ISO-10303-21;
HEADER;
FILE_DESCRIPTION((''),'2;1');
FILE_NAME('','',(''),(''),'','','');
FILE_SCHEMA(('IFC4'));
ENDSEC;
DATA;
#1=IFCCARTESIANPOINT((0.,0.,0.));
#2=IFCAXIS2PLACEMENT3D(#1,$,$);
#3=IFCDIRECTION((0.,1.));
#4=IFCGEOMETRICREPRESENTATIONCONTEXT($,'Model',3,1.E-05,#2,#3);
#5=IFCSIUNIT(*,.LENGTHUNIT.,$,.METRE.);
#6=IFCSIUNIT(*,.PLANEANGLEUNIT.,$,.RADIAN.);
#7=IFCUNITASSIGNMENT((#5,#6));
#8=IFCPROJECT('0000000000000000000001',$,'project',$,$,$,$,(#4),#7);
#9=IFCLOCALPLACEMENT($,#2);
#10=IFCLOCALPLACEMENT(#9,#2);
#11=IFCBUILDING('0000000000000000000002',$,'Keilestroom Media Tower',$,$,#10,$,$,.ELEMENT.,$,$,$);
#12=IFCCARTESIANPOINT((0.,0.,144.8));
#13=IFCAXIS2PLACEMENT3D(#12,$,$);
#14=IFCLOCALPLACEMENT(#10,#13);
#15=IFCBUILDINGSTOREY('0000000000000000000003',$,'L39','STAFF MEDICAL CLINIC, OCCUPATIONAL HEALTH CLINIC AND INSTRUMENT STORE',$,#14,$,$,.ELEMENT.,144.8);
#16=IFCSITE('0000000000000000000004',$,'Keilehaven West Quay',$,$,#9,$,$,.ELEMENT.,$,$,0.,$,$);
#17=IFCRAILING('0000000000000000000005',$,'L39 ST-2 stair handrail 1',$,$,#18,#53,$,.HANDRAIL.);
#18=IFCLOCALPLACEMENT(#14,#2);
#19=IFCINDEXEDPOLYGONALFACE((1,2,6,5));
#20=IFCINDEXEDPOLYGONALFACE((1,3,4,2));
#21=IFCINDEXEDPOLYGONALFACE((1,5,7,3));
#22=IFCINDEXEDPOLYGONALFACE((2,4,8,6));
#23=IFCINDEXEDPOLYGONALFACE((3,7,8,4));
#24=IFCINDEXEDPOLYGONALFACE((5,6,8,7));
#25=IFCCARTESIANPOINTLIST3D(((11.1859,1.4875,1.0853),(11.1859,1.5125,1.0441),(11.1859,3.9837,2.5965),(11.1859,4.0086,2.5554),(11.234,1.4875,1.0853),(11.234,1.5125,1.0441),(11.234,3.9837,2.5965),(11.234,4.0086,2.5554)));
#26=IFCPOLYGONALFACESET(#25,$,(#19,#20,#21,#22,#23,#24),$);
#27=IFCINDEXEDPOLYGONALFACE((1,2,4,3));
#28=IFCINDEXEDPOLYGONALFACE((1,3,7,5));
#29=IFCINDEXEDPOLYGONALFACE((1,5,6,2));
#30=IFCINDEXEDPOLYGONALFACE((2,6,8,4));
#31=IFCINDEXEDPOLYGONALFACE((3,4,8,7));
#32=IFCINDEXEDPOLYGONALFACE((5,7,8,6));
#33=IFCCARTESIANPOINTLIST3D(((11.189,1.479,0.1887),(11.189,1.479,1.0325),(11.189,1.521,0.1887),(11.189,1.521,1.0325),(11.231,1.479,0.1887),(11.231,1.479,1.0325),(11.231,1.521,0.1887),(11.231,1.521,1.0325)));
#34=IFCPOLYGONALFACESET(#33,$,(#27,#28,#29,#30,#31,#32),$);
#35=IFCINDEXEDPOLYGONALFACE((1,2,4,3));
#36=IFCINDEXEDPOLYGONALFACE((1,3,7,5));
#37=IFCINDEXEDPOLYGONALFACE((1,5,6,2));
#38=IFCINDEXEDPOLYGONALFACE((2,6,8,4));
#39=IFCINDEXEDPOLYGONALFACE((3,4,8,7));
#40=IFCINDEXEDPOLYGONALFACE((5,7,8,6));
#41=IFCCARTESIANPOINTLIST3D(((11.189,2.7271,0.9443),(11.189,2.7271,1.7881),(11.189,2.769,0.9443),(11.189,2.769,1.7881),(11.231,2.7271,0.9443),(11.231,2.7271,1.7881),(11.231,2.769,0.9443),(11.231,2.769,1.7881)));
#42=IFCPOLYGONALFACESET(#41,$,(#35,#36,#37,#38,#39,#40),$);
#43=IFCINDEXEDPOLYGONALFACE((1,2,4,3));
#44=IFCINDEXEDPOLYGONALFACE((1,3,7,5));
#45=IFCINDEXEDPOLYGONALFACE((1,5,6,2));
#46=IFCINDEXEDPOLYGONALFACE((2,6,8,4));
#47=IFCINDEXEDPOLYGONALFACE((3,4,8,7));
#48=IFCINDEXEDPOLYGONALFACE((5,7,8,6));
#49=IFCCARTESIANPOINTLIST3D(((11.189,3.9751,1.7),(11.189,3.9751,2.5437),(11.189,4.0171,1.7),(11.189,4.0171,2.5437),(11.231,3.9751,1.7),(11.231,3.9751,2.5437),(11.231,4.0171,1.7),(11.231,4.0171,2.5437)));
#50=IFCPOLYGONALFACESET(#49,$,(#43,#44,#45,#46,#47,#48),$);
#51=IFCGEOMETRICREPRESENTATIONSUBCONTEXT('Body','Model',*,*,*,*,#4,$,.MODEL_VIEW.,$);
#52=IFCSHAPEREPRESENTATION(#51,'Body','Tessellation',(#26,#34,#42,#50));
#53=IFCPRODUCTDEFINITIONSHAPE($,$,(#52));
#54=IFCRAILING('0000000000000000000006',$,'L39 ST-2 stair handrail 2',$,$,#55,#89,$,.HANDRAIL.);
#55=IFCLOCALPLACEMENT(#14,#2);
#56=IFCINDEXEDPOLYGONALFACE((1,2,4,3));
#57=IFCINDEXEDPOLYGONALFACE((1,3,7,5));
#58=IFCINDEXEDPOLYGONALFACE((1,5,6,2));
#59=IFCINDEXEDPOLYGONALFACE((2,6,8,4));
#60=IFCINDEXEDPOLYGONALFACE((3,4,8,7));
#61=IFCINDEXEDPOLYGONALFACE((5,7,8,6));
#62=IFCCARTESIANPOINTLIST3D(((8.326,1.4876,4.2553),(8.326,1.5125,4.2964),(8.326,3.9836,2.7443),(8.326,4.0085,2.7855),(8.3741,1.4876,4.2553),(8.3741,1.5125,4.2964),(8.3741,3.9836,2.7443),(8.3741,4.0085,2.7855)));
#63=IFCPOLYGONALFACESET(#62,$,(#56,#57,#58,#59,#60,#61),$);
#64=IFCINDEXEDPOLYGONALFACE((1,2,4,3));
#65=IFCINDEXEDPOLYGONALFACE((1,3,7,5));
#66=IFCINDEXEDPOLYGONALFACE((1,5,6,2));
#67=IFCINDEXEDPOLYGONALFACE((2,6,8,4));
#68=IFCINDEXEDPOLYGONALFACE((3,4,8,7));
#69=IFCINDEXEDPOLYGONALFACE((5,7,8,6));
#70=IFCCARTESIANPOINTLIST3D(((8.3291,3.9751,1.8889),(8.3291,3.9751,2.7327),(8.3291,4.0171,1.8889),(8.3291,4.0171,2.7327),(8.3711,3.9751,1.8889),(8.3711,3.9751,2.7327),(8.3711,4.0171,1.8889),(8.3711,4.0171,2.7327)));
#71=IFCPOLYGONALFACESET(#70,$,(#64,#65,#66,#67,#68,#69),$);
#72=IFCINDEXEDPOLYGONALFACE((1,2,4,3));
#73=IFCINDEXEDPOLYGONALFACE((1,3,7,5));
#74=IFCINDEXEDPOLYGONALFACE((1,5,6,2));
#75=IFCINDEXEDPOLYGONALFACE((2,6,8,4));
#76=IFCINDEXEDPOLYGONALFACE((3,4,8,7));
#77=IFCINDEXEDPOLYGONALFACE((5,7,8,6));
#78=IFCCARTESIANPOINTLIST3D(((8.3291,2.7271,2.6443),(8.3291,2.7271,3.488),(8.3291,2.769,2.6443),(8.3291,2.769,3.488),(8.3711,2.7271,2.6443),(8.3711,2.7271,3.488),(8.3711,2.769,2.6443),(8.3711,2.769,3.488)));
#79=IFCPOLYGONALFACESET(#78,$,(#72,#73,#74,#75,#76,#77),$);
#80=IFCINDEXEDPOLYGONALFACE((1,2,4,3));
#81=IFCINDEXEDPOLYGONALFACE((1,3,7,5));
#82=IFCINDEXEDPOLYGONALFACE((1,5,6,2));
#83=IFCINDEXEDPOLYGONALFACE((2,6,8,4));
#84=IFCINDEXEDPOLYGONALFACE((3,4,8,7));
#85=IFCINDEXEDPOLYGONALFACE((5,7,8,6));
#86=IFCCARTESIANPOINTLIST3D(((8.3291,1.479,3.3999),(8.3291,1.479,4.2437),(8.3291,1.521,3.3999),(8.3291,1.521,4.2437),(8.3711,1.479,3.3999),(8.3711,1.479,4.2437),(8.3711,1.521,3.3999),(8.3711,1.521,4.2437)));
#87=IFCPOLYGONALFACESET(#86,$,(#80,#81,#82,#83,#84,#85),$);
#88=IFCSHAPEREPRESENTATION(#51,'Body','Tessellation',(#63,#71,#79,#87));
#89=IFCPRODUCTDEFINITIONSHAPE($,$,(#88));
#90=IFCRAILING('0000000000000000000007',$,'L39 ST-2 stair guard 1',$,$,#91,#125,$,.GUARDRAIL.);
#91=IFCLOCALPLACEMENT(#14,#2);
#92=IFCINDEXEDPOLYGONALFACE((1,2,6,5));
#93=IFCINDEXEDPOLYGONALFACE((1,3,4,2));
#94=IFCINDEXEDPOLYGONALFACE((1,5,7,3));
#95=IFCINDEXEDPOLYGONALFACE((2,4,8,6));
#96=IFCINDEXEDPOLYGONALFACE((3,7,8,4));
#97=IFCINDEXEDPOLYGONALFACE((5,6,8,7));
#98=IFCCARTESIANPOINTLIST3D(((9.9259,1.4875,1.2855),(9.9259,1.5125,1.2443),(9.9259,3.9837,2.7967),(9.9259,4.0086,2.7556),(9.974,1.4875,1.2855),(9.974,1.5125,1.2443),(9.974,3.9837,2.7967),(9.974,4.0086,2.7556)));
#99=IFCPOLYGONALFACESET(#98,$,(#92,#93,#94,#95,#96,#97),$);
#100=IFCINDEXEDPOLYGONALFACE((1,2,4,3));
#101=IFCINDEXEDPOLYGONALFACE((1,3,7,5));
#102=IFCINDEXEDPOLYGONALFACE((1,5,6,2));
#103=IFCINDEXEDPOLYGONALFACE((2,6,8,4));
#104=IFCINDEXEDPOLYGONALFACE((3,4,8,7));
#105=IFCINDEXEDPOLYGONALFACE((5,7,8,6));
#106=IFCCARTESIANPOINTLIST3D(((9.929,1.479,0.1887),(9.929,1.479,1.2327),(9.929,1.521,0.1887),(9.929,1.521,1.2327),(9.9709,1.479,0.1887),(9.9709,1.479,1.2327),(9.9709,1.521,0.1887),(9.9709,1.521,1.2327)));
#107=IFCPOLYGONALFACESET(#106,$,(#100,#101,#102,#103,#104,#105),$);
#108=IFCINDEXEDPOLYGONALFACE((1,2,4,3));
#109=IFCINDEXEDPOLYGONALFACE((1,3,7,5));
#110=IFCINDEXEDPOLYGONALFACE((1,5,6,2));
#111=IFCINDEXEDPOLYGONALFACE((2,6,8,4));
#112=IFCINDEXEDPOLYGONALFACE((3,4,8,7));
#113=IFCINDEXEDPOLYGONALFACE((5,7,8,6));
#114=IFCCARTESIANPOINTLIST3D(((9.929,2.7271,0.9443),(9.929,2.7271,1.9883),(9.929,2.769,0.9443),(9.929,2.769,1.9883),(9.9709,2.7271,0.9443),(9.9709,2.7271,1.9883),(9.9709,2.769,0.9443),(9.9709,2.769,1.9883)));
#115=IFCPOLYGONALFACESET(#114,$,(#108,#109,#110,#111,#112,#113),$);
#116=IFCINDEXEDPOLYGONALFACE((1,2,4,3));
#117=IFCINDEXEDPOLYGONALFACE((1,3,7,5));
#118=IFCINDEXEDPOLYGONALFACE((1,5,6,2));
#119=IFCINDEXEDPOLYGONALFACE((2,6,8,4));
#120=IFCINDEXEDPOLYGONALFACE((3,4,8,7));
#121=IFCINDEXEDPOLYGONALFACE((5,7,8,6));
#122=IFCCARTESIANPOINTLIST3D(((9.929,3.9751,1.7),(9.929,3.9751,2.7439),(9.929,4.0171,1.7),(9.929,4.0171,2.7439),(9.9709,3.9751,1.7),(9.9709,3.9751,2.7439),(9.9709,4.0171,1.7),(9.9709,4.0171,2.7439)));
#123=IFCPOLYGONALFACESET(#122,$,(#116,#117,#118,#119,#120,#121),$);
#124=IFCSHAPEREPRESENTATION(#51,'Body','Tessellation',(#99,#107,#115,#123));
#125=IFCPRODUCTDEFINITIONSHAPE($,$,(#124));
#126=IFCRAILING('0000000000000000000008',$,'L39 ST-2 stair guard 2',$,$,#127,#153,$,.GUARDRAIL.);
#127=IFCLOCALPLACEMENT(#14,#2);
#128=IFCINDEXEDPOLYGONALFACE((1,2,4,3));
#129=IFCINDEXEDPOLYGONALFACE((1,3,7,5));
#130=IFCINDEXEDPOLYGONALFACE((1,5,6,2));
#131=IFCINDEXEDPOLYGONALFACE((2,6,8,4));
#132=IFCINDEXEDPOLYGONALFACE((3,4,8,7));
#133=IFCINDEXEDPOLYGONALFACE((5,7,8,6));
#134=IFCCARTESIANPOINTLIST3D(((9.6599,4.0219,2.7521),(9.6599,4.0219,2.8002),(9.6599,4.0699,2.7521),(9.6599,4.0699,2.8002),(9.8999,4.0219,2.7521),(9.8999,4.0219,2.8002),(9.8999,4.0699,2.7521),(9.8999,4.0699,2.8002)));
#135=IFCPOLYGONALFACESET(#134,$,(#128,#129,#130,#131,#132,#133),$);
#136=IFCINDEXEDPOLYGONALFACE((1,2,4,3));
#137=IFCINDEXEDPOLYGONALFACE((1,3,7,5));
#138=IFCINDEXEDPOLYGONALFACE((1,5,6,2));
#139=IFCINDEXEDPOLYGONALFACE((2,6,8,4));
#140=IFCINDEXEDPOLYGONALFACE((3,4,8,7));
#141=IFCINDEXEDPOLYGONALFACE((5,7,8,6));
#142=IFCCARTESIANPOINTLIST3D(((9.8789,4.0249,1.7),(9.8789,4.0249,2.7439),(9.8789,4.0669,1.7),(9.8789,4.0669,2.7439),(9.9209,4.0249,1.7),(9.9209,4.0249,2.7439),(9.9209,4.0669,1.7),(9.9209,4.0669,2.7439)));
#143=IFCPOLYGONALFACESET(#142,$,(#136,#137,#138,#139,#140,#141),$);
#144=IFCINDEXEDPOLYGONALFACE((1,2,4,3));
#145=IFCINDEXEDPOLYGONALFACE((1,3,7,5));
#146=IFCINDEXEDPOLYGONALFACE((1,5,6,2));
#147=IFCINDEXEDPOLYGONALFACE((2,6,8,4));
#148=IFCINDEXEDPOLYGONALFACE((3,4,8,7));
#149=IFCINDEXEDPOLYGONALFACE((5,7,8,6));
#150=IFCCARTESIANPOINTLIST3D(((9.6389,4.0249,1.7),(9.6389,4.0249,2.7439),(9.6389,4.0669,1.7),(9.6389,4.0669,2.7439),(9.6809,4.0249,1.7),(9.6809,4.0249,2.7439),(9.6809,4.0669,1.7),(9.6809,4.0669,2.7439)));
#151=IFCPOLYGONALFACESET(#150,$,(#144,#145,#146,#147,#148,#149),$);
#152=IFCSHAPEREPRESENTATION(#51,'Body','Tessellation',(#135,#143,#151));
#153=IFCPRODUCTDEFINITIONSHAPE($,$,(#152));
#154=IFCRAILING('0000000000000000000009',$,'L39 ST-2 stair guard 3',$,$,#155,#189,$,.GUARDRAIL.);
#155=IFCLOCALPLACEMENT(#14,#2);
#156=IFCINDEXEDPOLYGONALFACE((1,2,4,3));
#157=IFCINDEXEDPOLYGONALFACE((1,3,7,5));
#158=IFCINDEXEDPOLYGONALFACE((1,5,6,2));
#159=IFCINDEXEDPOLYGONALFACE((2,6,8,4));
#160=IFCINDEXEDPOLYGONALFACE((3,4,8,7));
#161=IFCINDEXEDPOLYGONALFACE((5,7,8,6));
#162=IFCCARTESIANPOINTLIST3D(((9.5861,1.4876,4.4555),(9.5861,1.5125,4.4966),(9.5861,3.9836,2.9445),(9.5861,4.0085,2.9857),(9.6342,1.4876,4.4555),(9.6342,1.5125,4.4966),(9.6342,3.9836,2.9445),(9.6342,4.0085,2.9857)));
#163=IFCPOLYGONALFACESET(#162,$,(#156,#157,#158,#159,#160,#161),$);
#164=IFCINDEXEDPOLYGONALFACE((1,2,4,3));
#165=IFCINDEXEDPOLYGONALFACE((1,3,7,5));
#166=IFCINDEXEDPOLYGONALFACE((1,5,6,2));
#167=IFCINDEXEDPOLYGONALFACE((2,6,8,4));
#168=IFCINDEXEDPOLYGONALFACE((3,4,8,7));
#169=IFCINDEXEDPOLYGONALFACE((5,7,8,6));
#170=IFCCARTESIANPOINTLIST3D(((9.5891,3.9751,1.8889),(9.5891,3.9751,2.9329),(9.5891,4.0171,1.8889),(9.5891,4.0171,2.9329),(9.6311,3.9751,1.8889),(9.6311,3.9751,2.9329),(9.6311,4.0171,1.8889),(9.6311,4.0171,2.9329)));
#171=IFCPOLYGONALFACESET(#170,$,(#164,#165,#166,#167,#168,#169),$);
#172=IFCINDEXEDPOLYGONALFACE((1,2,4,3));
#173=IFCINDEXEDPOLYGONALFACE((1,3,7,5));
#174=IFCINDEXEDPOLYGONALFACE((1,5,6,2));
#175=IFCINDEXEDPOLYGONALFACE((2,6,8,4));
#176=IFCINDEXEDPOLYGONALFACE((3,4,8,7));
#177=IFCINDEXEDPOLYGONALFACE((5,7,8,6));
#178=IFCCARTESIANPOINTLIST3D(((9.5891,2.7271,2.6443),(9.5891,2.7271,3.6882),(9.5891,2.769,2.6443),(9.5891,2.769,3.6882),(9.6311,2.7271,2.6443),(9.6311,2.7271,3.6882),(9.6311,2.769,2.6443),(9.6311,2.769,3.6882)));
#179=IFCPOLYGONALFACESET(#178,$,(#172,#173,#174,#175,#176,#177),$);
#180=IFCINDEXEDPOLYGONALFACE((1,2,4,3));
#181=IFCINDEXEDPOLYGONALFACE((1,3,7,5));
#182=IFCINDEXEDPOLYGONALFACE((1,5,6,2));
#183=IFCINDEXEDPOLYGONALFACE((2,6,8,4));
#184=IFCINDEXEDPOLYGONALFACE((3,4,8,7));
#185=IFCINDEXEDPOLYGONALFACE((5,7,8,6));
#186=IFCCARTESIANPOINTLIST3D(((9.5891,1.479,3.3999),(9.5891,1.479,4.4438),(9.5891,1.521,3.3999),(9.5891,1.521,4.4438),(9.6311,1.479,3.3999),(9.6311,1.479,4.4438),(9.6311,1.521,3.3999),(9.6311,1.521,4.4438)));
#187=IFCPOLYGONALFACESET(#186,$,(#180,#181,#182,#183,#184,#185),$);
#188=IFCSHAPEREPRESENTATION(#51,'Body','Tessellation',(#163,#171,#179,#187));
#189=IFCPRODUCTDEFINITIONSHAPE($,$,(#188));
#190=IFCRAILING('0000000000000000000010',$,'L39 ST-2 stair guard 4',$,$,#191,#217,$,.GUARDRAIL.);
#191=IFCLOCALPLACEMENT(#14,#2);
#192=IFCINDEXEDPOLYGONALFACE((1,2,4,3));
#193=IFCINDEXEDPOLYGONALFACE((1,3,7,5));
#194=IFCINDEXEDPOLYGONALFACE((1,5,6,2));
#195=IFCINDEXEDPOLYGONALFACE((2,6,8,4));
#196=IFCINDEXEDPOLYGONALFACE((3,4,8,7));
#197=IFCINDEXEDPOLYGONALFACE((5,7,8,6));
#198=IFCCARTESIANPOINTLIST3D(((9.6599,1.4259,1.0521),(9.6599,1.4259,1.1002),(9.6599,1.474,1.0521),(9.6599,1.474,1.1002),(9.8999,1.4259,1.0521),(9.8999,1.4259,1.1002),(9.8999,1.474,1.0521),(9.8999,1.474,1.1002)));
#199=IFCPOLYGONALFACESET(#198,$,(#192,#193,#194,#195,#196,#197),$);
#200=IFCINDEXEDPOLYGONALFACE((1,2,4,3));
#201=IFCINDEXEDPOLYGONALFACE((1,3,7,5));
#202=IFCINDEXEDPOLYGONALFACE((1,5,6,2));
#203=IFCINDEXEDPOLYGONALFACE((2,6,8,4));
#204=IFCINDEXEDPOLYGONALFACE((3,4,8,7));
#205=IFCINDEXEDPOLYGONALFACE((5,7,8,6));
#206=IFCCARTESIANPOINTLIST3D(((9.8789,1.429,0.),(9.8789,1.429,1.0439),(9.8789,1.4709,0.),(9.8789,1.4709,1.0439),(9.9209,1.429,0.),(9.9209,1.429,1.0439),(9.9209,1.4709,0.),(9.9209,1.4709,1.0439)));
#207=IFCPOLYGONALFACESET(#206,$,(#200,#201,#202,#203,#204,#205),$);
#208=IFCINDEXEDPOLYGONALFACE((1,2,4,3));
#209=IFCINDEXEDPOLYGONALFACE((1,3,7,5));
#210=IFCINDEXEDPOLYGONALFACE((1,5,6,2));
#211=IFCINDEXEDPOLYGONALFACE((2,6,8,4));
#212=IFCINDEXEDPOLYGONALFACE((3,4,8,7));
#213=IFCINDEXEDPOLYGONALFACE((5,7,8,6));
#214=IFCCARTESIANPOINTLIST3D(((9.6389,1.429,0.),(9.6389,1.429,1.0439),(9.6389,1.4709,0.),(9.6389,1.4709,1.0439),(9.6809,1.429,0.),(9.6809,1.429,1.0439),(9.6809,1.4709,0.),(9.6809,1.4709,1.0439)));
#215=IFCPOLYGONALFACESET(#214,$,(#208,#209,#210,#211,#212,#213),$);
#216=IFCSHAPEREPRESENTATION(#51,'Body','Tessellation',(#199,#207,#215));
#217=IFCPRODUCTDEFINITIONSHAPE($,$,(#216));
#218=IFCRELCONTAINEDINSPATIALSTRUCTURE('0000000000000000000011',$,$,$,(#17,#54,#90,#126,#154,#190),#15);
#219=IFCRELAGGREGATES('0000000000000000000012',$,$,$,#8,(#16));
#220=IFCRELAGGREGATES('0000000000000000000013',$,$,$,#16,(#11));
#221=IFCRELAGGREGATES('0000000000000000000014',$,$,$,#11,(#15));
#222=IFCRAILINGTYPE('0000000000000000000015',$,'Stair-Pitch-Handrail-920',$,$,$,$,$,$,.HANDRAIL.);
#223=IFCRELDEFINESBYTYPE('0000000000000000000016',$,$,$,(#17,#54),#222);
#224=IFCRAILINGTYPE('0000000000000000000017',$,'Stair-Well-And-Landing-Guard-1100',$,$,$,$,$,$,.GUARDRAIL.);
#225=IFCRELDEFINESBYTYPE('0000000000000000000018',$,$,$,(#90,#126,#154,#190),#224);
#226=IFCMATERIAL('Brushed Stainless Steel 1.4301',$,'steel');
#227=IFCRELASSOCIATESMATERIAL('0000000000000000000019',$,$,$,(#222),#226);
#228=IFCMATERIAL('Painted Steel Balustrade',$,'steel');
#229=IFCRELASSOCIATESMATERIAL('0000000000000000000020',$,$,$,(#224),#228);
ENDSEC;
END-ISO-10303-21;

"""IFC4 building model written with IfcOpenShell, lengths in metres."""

from ifc_helpers import new_model, si_unit, direction, frame, origin, origin_2d, place, context, subcontext, project, spatial, rectangle, extrude, material, type_object, element, save


model = new_model("IFC4")

# Units and contexts
model_context = context("Model", 3, precision=1e-05, world=origin(), true_north=direction((0.0, 1.0)))
body_context = subcontext(model_context, "Body", "Model", "MODEL_VIEW")
ifc_project = project(units=[si_unit("LENGTHUNIT", "METRE"), si_unit("PLANEANGLEUNIT", "RADIAN")], contexts=[model_context])

# Site, building, storey
site_placement = place(None, origin())
site = spatial("IfcSite", under=ifc_project, at=site_placement, Name="Keilehaven West Quay", CompositionType="ELEMENT", RefElevation=0.0)
building_placement = place(site_placement, origin())
building = spatial("IfcBuilding", under=site, at=building_placement, Name="Keilestroom Media Tower", CompositionType="ELEMENT")
storey_placement = place(building_placement, frame((0.0, 0.0, 144.8)))
storey = spatial("IfcBuildingStorey", under=building, at=storey_placement, Name="L39", Description="STAFF MEDICAL CLINIC, OCCUPATIONAL HEALTH CLINIC AND INSTRUMENT STORE", CompositionType="ELEMENT", Elevation=144.8)

# Railings
ifc_material_1 = material(Name="Brushed Stainless Steel 1.4301", Category="steel")
railing_type_1 = type_object("IfcRailingType", Name="Stair-Pitch-Handrail-920", PredefinedType="HANDRAIL", material=ifc_material_1)
railing_1_placement = place(storey_placement, frame((11.21, 1.5, 0.1887)))
element("IfcRailing", 1, at=railing_1_placement, inside=storey, type_object=railing_type_1, Name="L39 ST-2 stair handrail 1", PredefinedType="HANDRAIL", context=body_context, shape_type="SweptSolid", body=[
    extrude(rectangle(XDim=0.0481, YDim=0.0481, at=origin_2d()), frame((0.0, 0.0, 0.876), z_axis=(0.0, 0.855434, 0.517912), x_axis=(-1.0, 0.0, 0.0)), (0.0, 0.0, 1.0), 2.918),
    extrude(rectangle(XDim=0.042, YDim=0.042, at=origin_2d()), origin(), (0.0, 0.0, 1.0), 0.8438),
    extrude(rectangle(XDim=0.042, YDim=0.042, at=origin_2d()), frame((0.0, 1.248, 0.7556)), (0.0, 0.0, 1.0), 0.8438),
    extrude(rectangle(XDim=0.042, YDim=0.042, at=origin_2d()), frame((0.0, 2.4961, 1.5112)), (0.0, 0.0, 1.0), 0.8438),
])
railing_2_placement = place(storey_placement, frame((8.3501, 3.9961, 1.8889)))
element("IfcRailing", 2, at=railing_2_placement, inside=storey, type_object=railing_type_1, Name="L39 ST-2 stair handrail 2", PredefinedType="HANDRAIL", context=body_context, shape_type="SweptSolid", body=[
    extrude(rectangle(XDim=0.0481, YDim=0.0481, at=origin_2d()), frame((0.0, 0.0, 0.876), z_axis=(0.0, -0.855471, 0.517851), x_axis=(1.0, 0.0, 0.0)), (0.0, 0.0, 1.0), 2.9177),
    extrude(rectangle(XDim=0.042, YDim=0.042, at=origin_2d()), origin(), (0.0, 0.0, 1.0), 0.8438),
    extrude(rectangle(XDim=0.042, YDim=0.042, at=origin_2d()), frame((0.0, -1.248, 0.7554)), (0.0, 0.0, 1.0), 0.8438),
    extrude(rectangle(XDim=0.042, YDim=0.042, at=origin_2d()), frame((0.0, -2.4961, 1.511)), (0.0, 0.0, 1.0), 0.8438),
])
ifc_material_2 = material(Name="Painted Steel Balustrade", Category="steel")
railing_type_2 = type_object("IfcRailingType", Name="Stair-Well-And-Landing-Guard-1100", PredefinedType="GUARDRAIL", material=ifc_material_2)
railing_3_placement = place(storey_placement, frame((9.95, 1.5, 0.1887)))
element("IfcRailing", 3, at=railing_3_placement, inside=storey, type_object=railing_type_2, Name="L39 ST-2 stair guard 1", PredefinedType="GUARDRAIL", context=body_context, shape_type="SweptSolid", body=[
    extrude(rectangle(XDim=0.0481, YDim=0.0481, at=origin_2d()), frame((0.0, 0.0, 1.0762), z_axis=(0.0, 0.855434, 0.517912), x_axis=(-1.0, 0.0, 0.0)), (0.0, 0.0, 1.0), 2.918),
    extrude(rectangle(XDim=0.042, YDim=0.042, at=origin_2d()), origin(), (0.0, 0.0, 1.0), 1.0439),
    extrude(rectangle(XDim=0.042, YDim=0.042, at=origin_2d()), frame((0.0, 1.248, 0.7556)), (0.0, 0.0, 1.0), 1.0439),
    extrude(rectangle(XDim=0.042, YDim=0.042, at=origin_2d()), frame((0.0, 2.4961, 1.5112)), (0.0, 0.0, 1.0), 1.0439),
])
railing_4_placement = place(storey_placement, frame((9.8999, 4.0459, 1.7)))
element("IfcRailing", 4, at=railing_4_placement, inside=storey, type_object=railing_type_2, Name="L39 ST-2 stair guard 2", PredefinedType="GUARDRAIL", context=body_context, shape_type="SweptSolid", body=[
    extrude(rectangle(XDim=0.0481, YDim=0.0481, at=origin_2d()), frame((0.0, 0.0, 1.0762), z_axis=(-1.0, 0.0, 0.0), x_axis=(0.0, -1.0, 0.0)), (0.0, 0.0, 1.0), 0.24),
    extrude(rectangle(XDim=0.042, YDim=0.042, at=origin_2d()), origin(), (0.0, 0.0, 1.0), 1.0439),
    extrude(rectangle(XDim=0.042, YDim=0.042, at=origin_2d()), frame((-0.24, 0.0, 0.0)), (0.0, 0.0, 1.0), 1.0439),
])
railing_5_placement = place(storey_placement, frame((9.6101, 3.9961, 1.8889)))
element("IfcRailing", 5, at=railing_5_placement, inside=storey, type_object=railing_type_2, Name="L39 ST-2 stair guard 3", PredefinedType="GUARDRAIL", context=body_context, shape_type="SweptSolid", body=[
    extrude(rectangle(XDim=0.0481, YDim=0.0481, at=origin_2d()), frame((0.0, 0.0, 1.0762), z_axis=(0.0, -0.855471, 0.517851), x_axis=(1.0, 0.0, 0.0)), (0.0, 0.0, 1.0), 2.9177),
    extrude(rectangle(XDim=0.042, YDim=0.042, at=origin_2d()), origin(), (0.0, 0.0, 1.0), 1.0439),
    extrude(rectangle(XDim=0.042, YDim=0.042, at=origin_2d()), frame((0.0, -1.248, 0.7554)), (0.0, 0.0, 1.0), 1.0439),
    extrude(rectangle(XDim=0.042, YDim=0.042, at=origin_2d()), frame((0.0, -2.4961, 1.511)), (0.0, 0.0, 1.0), 1.0439),
])
railing_6_placement = place(storey_placement, frame((9.8999, 1.45, 0.0)))
element("IfcRailing", 6, at=railing_6_placement, inside=storey, type_object=railing_type_2, Name="L39 ST-2 stair guard 4", PredefinedType="GUARDRAIL", context=body_context, shape_type="SweptSolid", body=[
    extrude(rectangle(XDim=0.0481, YDim=0.0481, at=origin_2d()), frame((0.0, 0.0, 1.0762), z_axis=(-1.0, 0.0, 0.0), x_axis=(0.0, -1.0, 0.0)), (0.0, 0.0, 1.0), 0.24),
    extrude(rectangle(XDim=0.042, YDim=0.042, at=origin_2d()), origin(), (0.0, 0.0, 1.0), 1.0439),
    extrude(rectangle(XDim=0.042, YDim=0.042, at=origin_2d()), frame((-0.24, 0.0, 0.0)), (0.0, 0.0, 1.0), 1.0439),
])

save(model, "model.ifc")
